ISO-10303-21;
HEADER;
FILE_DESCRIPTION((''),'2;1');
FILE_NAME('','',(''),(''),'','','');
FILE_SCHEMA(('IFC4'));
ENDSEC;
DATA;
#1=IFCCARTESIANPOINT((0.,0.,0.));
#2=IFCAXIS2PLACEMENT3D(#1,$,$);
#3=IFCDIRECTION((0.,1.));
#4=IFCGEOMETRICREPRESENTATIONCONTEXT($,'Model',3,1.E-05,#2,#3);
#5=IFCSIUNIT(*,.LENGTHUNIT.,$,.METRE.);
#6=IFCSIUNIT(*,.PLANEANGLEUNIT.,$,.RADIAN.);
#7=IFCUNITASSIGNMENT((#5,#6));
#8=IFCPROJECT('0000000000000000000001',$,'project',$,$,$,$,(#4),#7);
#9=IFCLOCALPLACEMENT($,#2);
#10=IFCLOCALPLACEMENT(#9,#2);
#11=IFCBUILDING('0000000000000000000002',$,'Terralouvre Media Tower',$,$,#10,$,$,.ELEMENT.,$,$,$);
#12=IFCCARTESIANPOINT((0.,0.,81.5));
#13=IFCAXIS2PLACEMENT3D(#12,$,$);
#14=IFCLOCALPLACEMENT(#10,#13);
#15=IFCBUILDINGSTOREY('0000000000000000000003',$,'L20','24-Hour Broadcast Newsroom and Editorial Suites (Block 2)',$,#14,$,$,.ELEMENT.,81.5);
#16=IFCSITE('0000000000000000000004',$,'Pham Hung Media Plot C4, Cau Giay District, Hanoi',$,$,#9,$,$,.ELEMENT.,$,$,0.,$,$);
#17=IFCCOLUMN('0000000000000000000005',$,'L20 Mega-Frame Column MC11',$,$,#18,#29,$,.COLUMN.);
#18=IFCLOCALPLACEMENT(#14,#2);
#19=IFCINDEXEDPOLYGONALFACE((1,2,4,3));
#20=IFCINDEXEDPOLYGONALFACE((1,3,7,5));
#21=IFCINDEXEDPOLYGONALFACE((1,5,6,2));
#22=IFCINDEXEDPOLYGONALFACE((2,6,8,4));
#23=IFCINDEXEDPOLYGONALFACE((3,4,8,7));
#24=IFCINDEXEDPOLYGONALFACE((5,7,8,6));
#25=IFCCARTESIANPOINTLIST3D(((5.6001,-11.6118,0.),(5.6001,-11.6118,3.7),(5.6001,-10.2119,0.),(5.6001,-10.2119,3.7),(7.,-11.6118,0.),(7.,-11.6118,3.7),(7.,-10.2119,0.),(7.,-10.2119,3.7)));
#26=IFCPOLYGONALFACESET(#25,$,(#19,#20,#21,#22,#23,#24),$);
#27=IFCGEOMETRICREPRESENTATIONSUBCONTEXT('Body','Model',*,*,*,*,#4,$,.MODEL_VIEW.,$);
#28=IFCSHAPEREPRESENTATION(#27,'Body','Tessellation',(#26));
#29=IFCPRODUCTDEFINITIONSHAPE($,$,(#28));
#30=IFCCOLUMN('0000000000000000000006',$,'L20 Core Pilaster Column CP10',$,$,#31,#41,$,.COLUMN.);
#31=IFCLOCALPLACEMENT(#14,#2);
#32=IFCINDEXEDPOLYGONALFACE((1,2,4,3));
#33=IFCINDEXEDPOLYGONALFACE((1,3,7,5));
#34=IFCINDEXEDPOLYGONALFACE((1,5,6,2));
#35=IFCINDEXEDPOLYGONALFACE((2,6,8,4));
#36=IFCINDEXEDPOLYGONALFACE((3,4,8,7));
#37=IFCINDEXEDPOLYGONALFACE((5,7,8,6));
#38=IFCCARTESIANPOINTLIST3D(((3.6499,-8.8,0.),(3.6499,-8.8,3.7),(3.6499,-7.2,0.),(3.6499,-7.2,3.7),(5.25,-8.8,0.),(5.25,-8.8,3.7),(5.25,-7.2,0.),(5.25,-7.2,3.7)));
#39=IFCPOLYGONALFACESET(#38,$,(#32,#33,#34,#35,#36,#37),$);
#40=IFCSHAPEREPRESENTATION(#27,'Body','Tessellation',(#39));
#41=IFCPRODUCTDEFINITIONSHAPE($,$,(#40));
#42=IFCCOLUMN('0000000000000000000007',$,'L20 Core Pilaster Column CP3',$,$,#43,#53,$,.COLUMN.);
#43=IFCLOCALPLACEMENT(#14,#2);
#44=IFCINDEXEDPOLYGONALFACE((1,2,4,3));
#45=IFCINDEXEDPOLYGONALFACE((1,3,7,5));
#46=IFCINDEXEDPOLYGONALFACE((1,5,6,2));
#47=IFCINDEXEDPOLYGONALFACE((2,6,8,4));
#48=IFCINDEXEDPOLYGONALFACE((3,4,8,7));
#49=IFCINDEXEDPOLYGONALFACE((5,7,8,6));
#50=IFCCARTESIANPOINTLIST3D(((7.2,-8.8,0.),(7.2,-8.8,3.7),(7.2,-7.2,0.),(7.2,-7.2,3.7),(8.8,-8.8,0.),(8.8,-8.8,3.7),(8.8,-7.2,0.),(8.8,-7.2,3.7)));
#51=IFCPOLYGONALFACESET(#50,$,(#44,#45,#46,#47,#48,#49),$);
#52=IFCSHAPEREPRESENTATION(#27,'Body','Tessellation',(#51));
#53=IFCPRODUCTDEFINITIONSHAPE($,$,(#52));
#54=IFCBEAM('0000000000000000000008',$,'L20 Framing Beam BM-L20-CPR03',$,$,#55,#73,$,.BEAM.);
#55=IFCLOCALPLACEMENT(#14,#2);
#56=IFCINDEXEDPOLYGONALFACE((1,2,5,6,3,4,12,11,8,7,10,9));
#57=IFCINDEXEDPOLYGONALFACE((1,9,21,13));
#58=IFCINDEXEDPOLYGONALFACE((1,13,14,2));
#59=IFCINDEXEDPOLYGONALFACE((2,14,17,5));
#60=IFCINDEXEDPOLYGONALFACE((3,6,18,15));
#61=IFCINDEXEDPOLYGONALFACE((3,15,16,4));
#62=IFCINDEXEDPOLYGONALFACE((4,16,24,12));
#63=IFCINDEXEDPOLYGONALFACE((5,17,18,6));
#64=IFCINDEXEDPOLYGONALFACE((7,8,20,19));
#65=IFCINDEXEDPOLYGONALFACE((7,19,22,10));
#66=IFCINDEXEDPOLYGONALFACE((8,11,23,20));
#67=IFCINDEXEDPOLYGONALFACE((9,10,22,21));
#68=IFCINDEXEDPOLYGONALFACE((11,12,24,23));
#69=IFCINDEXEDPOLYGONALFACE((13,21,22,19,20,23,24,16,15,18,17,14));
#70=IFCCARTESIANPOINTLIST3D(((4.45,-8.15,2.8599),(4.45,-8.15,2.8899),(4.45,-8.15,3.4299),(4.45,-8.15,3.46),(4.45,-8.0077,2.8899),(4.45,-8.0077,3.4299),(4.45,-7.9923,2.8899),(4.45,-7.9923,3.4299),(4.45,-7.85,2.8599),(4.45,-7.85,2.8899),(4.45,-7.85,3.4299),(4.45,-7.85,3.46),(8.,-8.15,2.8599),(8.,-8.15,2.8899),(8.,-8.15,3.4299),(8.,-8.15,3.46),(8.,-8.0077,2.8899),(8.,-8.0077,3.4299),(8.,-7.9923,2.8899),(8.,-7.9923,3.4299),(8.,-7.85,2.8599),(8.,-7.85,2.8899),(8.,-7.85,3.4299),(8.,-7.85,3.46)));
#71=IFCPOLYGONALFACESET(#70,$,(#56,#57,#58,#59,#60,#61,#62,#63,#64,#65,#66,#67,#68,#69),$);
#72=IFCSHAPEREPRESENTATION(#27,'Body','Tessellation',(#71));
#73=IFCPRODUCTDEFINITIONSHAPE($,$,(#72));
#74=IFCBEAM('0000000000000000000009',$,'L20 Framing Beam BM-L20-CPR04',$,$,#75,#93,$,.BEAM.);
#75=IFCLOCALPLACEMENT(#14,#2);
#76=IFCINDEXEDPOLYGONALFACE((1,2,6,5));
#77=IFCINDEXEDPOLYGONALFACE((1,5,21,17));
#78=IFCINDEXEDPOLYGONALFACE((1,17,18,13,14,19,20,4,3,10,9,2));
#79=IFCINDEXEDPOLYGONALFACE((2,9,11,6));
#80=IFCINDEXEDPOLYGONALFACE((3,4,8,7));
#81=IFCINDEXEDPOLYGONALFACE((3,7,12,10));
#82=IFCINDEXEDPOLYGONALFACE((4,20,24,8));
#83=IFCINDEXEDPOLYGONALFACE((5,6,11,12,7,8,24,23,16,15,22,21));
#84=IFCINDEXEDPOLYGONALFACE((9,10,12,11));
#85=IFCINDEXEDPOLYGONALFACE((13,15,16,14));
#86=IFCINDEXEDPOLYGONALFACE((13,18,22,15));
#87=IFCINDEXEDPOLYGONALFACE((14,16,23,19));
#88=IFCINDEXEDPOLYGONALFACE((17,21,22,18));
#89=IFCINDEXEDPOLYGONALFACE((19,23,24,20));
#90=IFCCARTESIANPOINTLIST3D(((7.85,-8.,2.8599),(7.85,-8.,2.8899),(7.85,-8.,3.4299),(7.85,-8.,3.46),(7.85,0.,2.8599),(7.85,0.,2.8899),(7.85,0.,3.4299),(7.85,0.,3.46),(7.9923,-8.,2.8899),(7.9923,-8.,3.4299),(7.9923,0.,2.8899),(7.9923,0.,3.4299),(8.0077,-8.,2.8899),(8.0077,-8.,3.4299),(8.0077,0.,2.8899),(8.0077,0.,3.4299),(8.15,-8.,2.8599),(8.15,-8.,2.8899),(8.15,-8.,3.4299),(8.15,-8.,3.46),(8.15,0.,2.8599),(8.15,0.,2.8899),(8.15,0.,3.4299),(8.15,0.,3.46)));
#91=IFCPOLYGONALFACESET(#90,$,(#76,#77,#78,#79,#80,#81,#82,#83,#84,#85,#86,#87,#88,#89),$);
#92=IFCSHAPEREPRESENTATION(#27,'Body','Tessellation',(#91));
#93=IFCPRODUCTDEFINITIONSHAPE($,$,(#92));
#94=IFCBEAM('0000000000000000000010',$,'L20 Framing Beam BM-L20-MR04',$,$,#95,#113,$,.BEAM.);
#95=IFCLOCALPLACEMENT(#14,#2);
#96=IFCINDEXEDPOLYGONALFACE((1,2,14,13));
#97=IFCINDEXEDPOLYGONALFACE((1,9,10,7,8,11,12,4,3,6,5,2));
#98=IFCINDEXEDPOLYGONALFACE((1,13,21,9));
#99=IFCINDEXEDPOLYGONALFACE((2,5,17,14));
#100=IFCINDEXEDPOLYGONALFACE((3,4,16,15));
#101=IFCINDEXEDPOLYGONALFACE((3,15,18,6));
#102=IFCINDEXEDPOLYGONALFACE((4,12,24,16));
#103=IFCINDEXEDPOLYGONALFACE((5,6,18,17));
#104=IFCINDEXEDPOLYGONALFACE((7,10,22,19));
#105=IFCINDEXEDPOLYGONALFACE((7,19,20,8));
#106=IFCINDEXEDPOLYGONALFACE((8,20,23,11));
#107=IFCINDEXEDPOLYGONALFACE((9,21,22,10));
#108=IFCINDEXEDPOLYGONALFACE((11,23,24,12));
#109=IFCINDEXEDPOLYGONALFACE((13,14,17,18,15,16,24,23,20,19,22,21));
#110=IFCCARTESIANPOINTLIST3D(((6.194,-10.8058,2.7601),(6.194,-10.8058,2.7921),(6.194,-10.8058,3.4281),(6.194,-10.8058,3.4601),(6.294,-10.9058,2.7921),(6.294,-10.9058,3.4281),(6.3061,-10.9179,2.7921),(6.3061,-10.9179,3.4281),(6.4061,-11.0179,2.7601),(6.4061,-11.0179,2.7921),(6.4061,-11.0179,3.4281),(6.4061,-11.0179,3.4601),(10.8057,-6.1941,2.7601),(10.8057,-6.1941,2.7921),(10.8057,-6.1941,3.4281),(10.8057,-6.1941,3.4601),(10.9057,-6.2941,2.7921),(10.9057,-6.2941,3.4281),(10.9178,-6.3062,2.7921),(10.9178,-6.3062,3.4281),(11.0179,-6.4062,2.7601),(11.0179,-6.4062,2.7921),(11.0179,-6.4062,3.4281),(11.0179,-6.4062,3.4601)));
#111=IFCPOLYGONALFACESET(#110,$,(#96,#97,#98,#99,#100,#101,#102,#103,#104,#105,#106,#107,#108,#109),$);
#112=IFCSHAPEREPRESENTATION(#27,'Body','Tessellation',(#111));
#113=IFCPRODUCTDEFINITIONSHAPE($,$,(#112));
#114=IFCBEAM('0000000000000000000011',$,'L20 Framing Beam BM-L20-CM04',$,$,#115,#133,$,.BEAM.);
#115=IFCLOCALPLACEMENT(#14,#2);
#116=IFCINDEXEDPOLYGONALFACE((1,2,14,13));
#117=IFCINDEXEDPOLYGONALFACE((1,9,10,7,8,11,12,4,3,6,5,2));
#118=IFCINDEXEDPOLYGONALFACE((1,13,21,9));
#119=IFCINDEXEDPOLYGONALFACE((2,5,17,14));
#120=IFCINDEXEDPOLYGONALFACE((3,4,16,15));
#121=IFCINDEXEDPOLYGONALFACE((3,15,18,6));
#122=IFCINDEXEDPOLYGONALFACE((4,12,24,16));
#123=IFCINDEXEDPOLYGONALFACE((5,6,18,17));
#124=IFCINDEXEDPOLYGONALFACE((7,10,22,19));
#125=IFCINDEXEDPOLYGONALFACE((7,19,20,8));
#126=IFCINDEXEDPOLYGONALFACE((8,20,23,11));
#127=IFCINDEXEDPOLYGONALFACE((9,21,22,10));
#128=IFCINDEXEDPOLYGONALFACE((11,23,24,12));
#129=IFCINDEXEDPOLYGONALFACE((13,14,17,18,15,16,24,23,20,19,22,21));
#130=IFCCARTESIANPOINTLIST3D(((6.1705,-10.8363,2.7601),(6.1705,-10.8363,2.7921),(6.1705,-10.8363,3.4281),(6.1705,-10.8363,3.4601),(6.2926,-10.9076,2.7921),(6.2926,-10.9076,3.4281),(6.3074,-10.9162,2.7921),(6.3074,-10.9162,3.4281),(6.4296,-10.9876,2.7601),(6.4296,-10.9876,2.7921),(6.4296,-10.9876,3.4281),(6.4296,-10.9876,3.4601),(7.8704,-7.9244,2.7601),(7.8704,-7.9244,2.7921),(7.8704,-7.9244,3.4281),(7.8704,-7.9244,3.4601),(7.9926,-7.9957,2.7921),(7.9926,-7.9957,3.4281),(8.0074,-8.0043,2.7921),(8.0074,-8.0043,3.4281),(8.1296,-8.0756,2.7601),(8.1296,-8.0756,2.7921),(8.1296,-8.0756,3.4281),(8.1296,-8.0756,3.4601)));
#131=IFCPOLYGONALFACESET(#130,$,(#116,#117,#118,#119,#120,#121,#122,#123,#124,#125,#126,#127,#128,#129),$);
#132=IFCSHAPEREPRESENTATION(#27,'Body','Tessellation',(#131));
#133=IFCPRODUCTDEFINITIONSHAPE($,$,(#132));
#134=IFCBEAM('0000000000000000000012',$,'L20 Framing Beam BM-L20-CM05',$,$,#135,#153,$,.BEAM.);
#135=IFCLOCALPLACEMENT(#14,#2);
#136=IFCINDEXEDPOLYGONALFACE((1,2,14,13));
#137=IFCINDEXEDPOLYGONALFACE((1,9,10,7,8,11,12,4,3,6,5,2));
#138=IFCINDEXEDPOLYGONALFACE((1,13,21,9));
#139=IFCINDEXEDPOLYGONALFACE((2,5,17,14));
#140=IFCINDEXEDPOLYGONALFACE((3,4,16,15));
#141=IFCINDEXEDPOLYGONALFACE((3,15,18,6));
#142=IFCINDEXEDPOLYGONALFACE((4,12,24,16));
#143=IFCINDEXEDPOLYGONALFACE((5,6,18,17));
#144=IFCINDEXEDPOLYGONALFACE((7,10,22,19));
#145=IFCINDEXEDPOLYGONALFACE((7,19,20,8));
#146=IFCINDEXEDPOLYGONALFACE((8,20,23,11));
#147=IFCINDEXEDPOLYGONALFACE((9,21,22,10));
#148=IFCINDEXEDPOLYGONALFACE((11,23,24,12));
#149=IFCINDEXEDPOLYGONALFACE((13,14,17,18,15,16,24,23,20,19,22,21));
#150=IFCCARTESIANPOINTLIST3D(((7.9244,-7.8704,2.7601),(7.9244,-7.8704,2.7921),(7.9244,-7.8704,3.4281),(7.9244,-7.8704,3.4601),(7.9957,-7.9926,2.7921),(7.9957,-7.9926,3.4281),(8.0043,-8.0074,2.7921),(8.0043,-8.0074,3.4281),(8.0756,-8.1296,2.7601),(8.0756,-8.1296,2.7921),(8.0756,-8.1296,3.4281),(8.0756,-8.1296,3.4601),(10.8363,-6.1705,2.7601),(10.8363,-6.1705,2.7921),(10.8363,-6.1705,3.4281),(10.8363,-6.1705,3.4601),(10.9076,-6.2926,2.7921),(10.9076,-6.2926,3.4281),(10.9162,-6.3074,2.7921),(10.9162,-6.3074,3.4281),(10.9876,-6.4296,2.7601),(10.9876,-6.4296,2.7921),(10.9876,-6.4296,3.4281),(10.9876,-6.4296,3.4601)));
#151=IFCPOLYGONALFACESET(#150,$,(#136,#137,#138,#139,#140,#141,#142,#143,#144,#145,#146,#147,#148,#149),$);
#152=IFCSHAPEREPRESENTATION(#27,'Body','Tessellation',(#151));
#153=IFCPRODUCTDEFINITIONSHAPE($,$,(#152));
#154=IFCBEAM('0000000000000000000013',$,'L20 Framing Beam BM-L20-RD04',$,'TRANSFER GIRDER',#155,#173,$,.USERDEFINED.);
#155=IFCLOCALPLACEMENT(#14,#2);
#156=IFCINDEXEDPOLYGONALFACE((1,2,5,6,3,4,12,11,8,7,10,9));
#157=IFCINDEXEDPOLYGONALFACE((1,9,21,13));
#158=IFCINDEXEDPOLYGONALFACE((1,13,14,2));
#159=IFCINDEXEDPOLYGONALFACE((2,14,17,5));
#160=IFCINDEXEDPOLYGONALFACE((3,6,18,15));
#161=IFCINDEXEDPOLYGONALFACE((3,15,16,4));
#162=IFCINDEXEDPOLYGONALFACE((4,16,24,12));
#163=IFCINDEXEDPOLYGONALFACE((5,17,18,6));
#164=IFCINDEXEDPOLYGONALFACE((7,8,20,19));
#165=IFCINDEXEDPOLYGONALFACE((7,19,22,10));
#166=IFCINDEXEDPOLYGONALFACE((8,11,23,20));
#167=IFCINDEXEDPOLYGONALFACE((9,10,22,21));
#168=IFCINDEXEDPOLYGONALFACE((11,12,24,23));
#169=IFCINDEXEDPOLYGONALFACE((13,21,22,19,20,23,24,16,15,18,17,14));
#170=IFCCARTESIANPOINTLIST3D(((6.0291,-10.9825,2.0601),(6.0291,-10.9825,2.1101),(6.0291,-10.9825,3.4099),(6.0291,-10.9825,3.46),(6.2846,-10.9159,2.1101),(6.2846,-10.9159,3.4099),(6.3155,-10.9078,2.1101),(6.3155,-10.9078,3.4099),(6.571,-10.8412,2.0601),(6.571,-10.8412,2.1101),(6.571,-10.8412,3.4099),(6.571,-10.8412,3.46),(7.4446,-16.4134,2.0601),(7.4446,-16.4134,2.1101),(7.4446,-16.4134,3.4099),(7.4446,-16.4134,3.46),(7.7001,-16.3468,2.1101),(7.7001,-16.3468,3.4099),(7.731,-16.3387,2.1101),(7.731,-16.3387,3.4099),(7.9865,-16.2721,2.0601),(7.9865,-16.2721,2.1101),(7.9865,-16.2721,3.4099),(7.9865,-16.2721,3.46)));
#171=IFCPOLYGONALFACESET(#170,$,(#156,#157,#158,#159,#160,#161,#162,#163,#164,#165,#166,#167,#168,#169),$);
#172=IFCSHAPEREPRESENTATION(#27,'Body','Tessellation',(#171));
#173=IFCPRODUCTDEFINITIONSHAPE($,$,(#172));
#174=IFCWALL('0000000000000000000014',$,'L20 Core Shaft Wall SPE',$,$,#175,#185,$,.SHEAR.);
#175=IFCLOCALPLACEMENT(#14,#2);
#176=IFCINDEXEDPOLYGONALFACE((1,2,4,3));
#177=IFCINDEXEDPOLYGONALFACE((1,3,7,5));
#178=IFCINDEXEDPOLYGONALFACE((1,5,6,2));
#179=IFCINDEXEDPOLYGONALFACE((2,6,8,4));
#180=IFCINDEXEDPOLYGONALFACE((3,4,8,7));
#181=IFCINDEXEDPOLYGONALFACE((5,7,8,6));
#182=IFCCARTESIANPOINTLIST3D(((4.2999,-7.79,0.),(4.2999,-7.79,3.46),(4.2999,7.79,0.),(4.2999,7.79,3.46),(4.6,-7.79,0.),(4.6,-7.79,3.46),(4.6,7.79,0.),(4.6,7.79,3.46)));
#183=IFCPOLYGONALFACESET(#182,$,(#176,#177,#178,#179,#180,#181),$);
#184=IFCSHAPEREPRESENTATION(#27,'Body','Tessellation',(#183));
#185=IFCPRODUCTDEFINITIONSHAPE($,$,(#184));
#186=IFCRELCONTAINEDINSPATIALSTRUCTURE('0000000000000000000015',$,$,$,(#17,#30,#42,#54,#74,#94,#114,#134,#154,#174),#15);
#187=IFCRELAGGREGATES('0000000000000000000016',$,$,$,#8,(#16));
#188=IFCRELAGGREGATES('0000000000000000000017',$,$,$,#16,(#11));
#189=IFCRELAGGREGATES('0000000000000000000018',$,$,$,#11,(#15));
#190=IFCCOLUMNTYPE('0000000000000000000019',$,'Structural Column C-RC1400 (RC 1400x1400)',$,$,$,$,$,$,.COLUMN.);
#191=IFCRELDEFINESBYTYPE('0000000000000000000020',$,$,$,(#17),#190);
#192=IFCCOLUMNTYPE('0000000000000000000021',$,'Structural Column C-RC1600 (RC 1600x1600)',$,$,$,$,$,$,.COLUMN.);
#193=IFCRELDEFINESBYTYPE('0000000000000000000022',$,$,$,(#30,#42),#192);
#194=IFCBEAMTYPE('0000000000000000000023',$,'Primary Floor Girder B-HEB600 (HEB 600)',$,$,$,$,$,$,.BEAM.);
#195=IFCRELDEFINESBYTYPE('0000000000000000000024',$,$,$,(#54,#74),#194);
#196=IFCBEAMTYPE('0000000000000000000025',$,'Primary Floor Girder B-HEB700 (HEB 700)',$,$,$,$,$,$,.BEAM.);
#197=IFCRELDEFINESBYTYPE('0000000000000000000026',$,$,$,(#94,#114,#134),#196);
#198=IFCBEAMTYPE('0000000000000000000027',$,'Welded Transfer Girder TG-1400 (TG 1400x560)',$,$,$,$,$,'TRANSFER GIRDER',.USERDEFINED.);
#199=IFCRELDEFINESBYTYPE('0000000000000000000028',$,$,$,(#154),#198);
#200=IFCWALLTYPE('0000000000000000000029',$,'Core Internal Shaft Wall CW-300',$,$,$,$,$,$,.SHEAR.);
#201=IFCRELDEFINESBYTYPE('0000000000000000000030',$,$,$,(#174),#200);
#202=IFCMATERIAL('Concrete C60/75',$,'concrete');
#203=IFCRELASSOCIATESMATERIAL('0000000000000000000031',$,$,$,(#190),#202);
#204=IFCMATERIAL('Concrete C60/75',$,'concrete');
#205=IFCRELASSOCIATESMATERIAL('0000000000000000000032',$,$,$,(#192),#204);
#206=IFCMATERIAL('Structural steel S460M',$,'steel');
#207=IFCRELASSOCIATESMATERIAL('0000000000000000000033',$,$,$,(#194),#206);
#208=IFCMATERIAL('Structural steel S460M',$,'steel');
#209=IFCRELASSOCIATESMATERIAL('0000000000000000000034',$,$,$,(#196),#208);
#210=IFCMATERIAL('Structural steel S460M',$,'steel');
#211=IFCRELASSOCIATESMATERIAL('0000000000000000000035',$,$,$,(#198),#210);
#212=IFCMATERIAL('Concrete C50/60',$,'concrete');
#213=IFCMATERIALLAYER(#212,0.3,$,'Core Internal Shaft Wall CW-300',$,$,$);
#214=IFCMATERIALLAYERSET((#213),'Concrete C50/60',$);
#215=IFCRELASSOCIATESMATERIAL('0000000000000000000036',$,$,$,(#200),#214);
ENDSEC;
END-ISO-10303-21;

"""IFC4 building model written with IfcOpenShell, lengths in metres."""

from ifc_helpers import new_model, si_unit, direction, frame, frame_2d, origin, origin_2d, place, context, subcontext, project, spatial, rectangle, i_section, extrude, material, layer, layer_set, material_profile, profile_set, type_object, element, save


model = new_model("IFC4")

# Units and contexts
model_context = context("Model", 3, precision=1e-05, world=origin(), true_north=direction((0.0, 1.0)))
body_context = subcontext(model_context, "Body", "Model", "MODEL_VIEW")
ifc_project = project(units=[si_unit("LENGTHUNIT", "METRE"), si_unit("PLANEANGLEUNIT", "RADIAN")], contexts=[model_context])

# Site, building, storey
site_placement = place(None, origin())
site = spatial("IfcSite", under=ifc_project, at=site_placement, Name="Pham Hung Media Plot C4, Cau Giay District, Hanoi", CompositionType="ELEMENT", RefElevation=0.0)
building_placement = place(site_placement, origin())
building = spatial("IfcBuilding", under=site, at=building_placement, Name="Terralouvre Media Tower", CompositionType="ELEMENT")
storey_placement = place(building_placement, frame((0.0, 0.0, 81.5)))
storey = spatial("IfcBuildingStorey", under=building, at=storey_placement, Name="L20", Description="24-Hour Broadcast Newsroom and Editorial Suites (Block 2)", CompositionType="ELEMENT", Elevation=81.5)

# Columns
ifc_material_1 = material(Name="Concrete C60/75", Category="concrete")
ifc_material_profile_1 = material_profile(ifc_material_1, rectangle(XDim=1.3999, YDim=1.3999, at=origin_2d()), Name="RC 1400x1400")
ifc_profile_set_1 = profile_set([ifc_material_profile_1], Name="Concrete C60/75")
column_type_1 = type_object("IfcColumnType", Name="Structural Column C-RC1400 (RC 1400x1400)", PredefinedType="COLUMN", material=ifc_profile_set_1)
column_placement = place(storey_placement, frame((6.3, -10.9119, 0.0), z_axis=(0.0, 0.0, 1.0), x_axis=(1.0, 0.0, 0.0)))
element("IfcColumn", 1, at=column_placement, inside=storey, type_object=column_type_1, Name="L20 Mega-Frame Column MC11", PredefinedType="COLUMN", context=body_context, shape_type="SweptSolid", body=[
    extrude(rectangle(XDim=1.3999, YDim=1.3999, at=origin_2d()), origin(), (0.0, 0.0, 1.0), 3.7),
])
ifc_material_2 = material(Name="Concrete C60/75", Category="concrete")
ifc_material_profile_2 = material_profile(ifc_material_2, rectangle(XDim=1.6001, YDim=1.6001, at=origin_2d()), Name="RC 1600x1600")
ifc_profile_set_2 = profile_set([ifc_material_profile_2], Name="Concrete C60/75")
column_type_2 = type_object("IfcColumnType", Name="Structural Column C-RC1600 (RC 1600x1600)", PredefinedType="COLUMN", material=ifc_profile_set_2)
for number, where, z_axis, x_axis, name in (
    (2, (4.45, -8.0, 0.0), (0.0, 0.0, 1.0), (1.0, 0.0, 0.0), "L20 Core Pilaster Column CP10"),
    (3, (8.0, -8.0, 0.0), (0.0, 0.0, 1.0), (1.0, 0.0, 0.0), "L20 Core Pilaster Column CP3"),
):
    element("IfcColumn", number, at=place(storey_placement, frame(where, z_axis=z_axis, x_axis=x_axis)), inside=storey, type_object=column_type_2, Name=name, PredefinedType="COLUMN", context=body_context, shape_type="SweptSolid", body=[
        extrude(rectangle(XDim=1.6001, YDim=1.6001, at=origin_2d()), origin(), (0.0, 0.0, 1.0), 3.7),
    ])

# Beams
ifc_material_3 = material(Name="Structural steel S460M", Category="steel")
ifc_material_profile_3 = material_profile(ifc_material_3, i_section(OverallWidth=0.3, OverallDepth=0.6001, WebThickness=0.0154, FlangeThickness=0.03, at=origin_2d()), Name="HEB 600")
ifc_profile_set_3 = profile_set([ifc_material_profile_3], Name="Structural steel S460M")
beam_type_1 = type_object("IfcBeamType", Name="Primary Floor Girder B-HEB600 (HEB 600)", PredefinedType="BEAM", material=ifc_profile_set_3)
beam_1_placement = place(storey_placement, frame((4.45, -8.0, 3.1599), z_axis=(1.0, 0.0, 0.0), x_axis=(0.0, 1.0, 0.0)))
element("IfcBeam", 4, at=beam_1_placement, inside=storey, type_object=beam_type_1, Name="L20 Framing Beam BM-L20-CPR03", PredefinedType="BEAM", context=body_context, shape_type="SweptSolid", body=[
    extrude(i_section(OverallWidth=0.3, OverallDepth=0.6001, WebThickness=0.0154, FlangeThickness=0.03, at=origin_2d()), origin(), (0.0, 0.0, 1.0), 3.55),
])
beam_2_placement = place(storey_placement, frame((8.0, -8.0, 3.1599), z_axis=(0.0, 1.0, 0.0), x_axis=(-1.0, 0.0, 0.0)))
element("IfcBeam", 5, at=beam_2_placement, inside=storey, type_object=beam_type_1, Name="L20 Framing Beam BM-L20-CPR04", PredefinedType="BEAM", context=body_context, shape_type="SweptSolid", body=[
    extrude(i_section(OverallWidth=0.3, OverallDepth=0.6001, WebThickness=0.0154, FlangeThickness=0.03, at=origin_2d()), origin(), (0.0, 0.0, 1.0), 8.0),
])
ifc_material_4 = material(Name="Structural steel S460M", Category="steel")
ifc_material_profile_4 = material_profile(ifc_material_4, i_section(OverallWidth=0.3, OverallDepth=0.7, WebThickness=0.0171, FlangeThickness=0.032, at=origin_2d()), Name="HEB 700")
ifc_profile_set_4 = profile_set([ifc_material_profile_4], Name="Structural steel S460M")
beam_type_2 = type_object("IfcBeamType", Name="Primary Floor Girder B-HEB700 (HEB 700)", PredefinedType="BEAM", material=ifc_profile_set_4)
beam_3_placement = place(storey_placement, frame((6.3, -10.9119, 3.1101), z_axis=(0.707107, 0.707107, 0.0), x_axis=(-0.707107, 0.707107, 0.0)))
element("IfcBeam", 6, at=beam_3_placement, inside=storey, type_object=beam_type_2, Name="L20 Framing Beam BM-L20-MR04", PredefinedType="BEAM", context=body_context, shape_type="SweptSolid", body=[
    extrude(i_section(OverallWidth=0.3, OverallDepth=0.7, WebThickness=0.0171, FlangeThickness=0.032, at=origin_2d()), origin(), (0.0, 0.0, 1.0), 6.522),
])
for number, where, z_axis, x_axis, name in (
    (7, (8.0, -8.0, 3.1101), (-0.504173, -0.863603, 0.0), (0.863603, -0.504173, 0.0), "L20 Framing Beam BM-L20-CM04"),
    (8, (8.0, -8.0, 3.1101), (0.863603, 0.504173, 0.0), (-0.504173, 0.863603, 0.0), "L20 Framing Beam BM-L20-CM05"),
):
    element("IfcBeam", number, at=place(storey_placement, frame(where, z_axis=z_axis, x_axis=x_axis)), inside=storey, type_object=beam_type_2, Name=name, PredefinedType="BEAM", context=body_context, shape_type="SweptSolid", body=[
        extrude(i_section(OverallWidth=0.3, OverallDepth=0.7, WebThickness=0.0171, FlangeThickness=0.032, at=origin_2d()), origin(), (0.0, 0.0, 1.0), 3.3718),
    ])
ifc_material_5 = material(Name="Structural steel S460M", Category="steel")
ifc_material_profile_5 = material_profile(ifc_material_5, i_section(OverallWidth=0.5601, OverallDepth=1.3999, WebThickness=0.032, FlangeThickness=0.05, at=origin_2d()), Name="TG 1400x560")
ifc_profile_set_5 = profile_set([ifc_material_profile_5], Name="Structural steel S460M")
beam_type_3 = type_object("IfcBeamType", Name="Welded Transfer Girder TG-1400 (TG 1400x560)", ElementType="TRANSFER GIRDER", PredefinedType="USERDEFINED", material=ifc_profile_set_5)
beam_4_placement = place(storey_placement, frame((6.3, -10.9119, 2.76), z_axis=(0.252216, -0.967671, 0.0), x_axis=(0.967671, 0.252216, 0.0)))
element("IfcBeam", 9, at=beam_4_placement, inside=storey, type_object=beam_type_3, Name="L20 Framing Beam BM-L20-RD04", ObjectType="TRANSFER GIRDER", PredefinedType="USERDEFINED", context=body_context, shape_type="SweptSolid", body=[
    extrude(i_section(OverallWidth=0.5601, OverallDepth=1.3999, WebThickness=0.032, FlangeThickness=0.05, at=origin_2d()), origin(), (0.0, 0.0, 1.0), 5.6123),
])

# Wall
ifc_material_6 = material(Name="Concrete C50/60", Category="concrete")
ifc_layer_1 = layer(ifc_material_6, 0.3, Name="Core Internal Shaft Wall CW-300")
ifc_layer_set_1 = layer_set([ifc_layer_1], Name="Concrete C50/60")
wall_type_1 = type_object("IfcWallType", Name="Core Internal Shaft Wall CW-300", PredefinedType="SHEAR", material=ifc_layer_set_1)
wall_1_placement = place(storey_placement, frame((4.45, -7.79, 0.0), z_axis=(0.0, 0.0, 1.0), x_axis=(0.0, 1.0, 0.0)))
element("IfcWall", 10, at=wall_1_placement, inside=storey, type_object=wall_type_1, Name="L20 Core Shaft Wall SPE", PredefinedType="SHEAR", context=body_context, shape_type="SweptSolid", body=[
    extrude(rectangle(XDim=15.5801, YDim=0.3, at=frame_2d((7.79, 0.0))), origin(), (0.0, 0.0, 1.0), 3.46),
])

save(model, "model.ifc")
